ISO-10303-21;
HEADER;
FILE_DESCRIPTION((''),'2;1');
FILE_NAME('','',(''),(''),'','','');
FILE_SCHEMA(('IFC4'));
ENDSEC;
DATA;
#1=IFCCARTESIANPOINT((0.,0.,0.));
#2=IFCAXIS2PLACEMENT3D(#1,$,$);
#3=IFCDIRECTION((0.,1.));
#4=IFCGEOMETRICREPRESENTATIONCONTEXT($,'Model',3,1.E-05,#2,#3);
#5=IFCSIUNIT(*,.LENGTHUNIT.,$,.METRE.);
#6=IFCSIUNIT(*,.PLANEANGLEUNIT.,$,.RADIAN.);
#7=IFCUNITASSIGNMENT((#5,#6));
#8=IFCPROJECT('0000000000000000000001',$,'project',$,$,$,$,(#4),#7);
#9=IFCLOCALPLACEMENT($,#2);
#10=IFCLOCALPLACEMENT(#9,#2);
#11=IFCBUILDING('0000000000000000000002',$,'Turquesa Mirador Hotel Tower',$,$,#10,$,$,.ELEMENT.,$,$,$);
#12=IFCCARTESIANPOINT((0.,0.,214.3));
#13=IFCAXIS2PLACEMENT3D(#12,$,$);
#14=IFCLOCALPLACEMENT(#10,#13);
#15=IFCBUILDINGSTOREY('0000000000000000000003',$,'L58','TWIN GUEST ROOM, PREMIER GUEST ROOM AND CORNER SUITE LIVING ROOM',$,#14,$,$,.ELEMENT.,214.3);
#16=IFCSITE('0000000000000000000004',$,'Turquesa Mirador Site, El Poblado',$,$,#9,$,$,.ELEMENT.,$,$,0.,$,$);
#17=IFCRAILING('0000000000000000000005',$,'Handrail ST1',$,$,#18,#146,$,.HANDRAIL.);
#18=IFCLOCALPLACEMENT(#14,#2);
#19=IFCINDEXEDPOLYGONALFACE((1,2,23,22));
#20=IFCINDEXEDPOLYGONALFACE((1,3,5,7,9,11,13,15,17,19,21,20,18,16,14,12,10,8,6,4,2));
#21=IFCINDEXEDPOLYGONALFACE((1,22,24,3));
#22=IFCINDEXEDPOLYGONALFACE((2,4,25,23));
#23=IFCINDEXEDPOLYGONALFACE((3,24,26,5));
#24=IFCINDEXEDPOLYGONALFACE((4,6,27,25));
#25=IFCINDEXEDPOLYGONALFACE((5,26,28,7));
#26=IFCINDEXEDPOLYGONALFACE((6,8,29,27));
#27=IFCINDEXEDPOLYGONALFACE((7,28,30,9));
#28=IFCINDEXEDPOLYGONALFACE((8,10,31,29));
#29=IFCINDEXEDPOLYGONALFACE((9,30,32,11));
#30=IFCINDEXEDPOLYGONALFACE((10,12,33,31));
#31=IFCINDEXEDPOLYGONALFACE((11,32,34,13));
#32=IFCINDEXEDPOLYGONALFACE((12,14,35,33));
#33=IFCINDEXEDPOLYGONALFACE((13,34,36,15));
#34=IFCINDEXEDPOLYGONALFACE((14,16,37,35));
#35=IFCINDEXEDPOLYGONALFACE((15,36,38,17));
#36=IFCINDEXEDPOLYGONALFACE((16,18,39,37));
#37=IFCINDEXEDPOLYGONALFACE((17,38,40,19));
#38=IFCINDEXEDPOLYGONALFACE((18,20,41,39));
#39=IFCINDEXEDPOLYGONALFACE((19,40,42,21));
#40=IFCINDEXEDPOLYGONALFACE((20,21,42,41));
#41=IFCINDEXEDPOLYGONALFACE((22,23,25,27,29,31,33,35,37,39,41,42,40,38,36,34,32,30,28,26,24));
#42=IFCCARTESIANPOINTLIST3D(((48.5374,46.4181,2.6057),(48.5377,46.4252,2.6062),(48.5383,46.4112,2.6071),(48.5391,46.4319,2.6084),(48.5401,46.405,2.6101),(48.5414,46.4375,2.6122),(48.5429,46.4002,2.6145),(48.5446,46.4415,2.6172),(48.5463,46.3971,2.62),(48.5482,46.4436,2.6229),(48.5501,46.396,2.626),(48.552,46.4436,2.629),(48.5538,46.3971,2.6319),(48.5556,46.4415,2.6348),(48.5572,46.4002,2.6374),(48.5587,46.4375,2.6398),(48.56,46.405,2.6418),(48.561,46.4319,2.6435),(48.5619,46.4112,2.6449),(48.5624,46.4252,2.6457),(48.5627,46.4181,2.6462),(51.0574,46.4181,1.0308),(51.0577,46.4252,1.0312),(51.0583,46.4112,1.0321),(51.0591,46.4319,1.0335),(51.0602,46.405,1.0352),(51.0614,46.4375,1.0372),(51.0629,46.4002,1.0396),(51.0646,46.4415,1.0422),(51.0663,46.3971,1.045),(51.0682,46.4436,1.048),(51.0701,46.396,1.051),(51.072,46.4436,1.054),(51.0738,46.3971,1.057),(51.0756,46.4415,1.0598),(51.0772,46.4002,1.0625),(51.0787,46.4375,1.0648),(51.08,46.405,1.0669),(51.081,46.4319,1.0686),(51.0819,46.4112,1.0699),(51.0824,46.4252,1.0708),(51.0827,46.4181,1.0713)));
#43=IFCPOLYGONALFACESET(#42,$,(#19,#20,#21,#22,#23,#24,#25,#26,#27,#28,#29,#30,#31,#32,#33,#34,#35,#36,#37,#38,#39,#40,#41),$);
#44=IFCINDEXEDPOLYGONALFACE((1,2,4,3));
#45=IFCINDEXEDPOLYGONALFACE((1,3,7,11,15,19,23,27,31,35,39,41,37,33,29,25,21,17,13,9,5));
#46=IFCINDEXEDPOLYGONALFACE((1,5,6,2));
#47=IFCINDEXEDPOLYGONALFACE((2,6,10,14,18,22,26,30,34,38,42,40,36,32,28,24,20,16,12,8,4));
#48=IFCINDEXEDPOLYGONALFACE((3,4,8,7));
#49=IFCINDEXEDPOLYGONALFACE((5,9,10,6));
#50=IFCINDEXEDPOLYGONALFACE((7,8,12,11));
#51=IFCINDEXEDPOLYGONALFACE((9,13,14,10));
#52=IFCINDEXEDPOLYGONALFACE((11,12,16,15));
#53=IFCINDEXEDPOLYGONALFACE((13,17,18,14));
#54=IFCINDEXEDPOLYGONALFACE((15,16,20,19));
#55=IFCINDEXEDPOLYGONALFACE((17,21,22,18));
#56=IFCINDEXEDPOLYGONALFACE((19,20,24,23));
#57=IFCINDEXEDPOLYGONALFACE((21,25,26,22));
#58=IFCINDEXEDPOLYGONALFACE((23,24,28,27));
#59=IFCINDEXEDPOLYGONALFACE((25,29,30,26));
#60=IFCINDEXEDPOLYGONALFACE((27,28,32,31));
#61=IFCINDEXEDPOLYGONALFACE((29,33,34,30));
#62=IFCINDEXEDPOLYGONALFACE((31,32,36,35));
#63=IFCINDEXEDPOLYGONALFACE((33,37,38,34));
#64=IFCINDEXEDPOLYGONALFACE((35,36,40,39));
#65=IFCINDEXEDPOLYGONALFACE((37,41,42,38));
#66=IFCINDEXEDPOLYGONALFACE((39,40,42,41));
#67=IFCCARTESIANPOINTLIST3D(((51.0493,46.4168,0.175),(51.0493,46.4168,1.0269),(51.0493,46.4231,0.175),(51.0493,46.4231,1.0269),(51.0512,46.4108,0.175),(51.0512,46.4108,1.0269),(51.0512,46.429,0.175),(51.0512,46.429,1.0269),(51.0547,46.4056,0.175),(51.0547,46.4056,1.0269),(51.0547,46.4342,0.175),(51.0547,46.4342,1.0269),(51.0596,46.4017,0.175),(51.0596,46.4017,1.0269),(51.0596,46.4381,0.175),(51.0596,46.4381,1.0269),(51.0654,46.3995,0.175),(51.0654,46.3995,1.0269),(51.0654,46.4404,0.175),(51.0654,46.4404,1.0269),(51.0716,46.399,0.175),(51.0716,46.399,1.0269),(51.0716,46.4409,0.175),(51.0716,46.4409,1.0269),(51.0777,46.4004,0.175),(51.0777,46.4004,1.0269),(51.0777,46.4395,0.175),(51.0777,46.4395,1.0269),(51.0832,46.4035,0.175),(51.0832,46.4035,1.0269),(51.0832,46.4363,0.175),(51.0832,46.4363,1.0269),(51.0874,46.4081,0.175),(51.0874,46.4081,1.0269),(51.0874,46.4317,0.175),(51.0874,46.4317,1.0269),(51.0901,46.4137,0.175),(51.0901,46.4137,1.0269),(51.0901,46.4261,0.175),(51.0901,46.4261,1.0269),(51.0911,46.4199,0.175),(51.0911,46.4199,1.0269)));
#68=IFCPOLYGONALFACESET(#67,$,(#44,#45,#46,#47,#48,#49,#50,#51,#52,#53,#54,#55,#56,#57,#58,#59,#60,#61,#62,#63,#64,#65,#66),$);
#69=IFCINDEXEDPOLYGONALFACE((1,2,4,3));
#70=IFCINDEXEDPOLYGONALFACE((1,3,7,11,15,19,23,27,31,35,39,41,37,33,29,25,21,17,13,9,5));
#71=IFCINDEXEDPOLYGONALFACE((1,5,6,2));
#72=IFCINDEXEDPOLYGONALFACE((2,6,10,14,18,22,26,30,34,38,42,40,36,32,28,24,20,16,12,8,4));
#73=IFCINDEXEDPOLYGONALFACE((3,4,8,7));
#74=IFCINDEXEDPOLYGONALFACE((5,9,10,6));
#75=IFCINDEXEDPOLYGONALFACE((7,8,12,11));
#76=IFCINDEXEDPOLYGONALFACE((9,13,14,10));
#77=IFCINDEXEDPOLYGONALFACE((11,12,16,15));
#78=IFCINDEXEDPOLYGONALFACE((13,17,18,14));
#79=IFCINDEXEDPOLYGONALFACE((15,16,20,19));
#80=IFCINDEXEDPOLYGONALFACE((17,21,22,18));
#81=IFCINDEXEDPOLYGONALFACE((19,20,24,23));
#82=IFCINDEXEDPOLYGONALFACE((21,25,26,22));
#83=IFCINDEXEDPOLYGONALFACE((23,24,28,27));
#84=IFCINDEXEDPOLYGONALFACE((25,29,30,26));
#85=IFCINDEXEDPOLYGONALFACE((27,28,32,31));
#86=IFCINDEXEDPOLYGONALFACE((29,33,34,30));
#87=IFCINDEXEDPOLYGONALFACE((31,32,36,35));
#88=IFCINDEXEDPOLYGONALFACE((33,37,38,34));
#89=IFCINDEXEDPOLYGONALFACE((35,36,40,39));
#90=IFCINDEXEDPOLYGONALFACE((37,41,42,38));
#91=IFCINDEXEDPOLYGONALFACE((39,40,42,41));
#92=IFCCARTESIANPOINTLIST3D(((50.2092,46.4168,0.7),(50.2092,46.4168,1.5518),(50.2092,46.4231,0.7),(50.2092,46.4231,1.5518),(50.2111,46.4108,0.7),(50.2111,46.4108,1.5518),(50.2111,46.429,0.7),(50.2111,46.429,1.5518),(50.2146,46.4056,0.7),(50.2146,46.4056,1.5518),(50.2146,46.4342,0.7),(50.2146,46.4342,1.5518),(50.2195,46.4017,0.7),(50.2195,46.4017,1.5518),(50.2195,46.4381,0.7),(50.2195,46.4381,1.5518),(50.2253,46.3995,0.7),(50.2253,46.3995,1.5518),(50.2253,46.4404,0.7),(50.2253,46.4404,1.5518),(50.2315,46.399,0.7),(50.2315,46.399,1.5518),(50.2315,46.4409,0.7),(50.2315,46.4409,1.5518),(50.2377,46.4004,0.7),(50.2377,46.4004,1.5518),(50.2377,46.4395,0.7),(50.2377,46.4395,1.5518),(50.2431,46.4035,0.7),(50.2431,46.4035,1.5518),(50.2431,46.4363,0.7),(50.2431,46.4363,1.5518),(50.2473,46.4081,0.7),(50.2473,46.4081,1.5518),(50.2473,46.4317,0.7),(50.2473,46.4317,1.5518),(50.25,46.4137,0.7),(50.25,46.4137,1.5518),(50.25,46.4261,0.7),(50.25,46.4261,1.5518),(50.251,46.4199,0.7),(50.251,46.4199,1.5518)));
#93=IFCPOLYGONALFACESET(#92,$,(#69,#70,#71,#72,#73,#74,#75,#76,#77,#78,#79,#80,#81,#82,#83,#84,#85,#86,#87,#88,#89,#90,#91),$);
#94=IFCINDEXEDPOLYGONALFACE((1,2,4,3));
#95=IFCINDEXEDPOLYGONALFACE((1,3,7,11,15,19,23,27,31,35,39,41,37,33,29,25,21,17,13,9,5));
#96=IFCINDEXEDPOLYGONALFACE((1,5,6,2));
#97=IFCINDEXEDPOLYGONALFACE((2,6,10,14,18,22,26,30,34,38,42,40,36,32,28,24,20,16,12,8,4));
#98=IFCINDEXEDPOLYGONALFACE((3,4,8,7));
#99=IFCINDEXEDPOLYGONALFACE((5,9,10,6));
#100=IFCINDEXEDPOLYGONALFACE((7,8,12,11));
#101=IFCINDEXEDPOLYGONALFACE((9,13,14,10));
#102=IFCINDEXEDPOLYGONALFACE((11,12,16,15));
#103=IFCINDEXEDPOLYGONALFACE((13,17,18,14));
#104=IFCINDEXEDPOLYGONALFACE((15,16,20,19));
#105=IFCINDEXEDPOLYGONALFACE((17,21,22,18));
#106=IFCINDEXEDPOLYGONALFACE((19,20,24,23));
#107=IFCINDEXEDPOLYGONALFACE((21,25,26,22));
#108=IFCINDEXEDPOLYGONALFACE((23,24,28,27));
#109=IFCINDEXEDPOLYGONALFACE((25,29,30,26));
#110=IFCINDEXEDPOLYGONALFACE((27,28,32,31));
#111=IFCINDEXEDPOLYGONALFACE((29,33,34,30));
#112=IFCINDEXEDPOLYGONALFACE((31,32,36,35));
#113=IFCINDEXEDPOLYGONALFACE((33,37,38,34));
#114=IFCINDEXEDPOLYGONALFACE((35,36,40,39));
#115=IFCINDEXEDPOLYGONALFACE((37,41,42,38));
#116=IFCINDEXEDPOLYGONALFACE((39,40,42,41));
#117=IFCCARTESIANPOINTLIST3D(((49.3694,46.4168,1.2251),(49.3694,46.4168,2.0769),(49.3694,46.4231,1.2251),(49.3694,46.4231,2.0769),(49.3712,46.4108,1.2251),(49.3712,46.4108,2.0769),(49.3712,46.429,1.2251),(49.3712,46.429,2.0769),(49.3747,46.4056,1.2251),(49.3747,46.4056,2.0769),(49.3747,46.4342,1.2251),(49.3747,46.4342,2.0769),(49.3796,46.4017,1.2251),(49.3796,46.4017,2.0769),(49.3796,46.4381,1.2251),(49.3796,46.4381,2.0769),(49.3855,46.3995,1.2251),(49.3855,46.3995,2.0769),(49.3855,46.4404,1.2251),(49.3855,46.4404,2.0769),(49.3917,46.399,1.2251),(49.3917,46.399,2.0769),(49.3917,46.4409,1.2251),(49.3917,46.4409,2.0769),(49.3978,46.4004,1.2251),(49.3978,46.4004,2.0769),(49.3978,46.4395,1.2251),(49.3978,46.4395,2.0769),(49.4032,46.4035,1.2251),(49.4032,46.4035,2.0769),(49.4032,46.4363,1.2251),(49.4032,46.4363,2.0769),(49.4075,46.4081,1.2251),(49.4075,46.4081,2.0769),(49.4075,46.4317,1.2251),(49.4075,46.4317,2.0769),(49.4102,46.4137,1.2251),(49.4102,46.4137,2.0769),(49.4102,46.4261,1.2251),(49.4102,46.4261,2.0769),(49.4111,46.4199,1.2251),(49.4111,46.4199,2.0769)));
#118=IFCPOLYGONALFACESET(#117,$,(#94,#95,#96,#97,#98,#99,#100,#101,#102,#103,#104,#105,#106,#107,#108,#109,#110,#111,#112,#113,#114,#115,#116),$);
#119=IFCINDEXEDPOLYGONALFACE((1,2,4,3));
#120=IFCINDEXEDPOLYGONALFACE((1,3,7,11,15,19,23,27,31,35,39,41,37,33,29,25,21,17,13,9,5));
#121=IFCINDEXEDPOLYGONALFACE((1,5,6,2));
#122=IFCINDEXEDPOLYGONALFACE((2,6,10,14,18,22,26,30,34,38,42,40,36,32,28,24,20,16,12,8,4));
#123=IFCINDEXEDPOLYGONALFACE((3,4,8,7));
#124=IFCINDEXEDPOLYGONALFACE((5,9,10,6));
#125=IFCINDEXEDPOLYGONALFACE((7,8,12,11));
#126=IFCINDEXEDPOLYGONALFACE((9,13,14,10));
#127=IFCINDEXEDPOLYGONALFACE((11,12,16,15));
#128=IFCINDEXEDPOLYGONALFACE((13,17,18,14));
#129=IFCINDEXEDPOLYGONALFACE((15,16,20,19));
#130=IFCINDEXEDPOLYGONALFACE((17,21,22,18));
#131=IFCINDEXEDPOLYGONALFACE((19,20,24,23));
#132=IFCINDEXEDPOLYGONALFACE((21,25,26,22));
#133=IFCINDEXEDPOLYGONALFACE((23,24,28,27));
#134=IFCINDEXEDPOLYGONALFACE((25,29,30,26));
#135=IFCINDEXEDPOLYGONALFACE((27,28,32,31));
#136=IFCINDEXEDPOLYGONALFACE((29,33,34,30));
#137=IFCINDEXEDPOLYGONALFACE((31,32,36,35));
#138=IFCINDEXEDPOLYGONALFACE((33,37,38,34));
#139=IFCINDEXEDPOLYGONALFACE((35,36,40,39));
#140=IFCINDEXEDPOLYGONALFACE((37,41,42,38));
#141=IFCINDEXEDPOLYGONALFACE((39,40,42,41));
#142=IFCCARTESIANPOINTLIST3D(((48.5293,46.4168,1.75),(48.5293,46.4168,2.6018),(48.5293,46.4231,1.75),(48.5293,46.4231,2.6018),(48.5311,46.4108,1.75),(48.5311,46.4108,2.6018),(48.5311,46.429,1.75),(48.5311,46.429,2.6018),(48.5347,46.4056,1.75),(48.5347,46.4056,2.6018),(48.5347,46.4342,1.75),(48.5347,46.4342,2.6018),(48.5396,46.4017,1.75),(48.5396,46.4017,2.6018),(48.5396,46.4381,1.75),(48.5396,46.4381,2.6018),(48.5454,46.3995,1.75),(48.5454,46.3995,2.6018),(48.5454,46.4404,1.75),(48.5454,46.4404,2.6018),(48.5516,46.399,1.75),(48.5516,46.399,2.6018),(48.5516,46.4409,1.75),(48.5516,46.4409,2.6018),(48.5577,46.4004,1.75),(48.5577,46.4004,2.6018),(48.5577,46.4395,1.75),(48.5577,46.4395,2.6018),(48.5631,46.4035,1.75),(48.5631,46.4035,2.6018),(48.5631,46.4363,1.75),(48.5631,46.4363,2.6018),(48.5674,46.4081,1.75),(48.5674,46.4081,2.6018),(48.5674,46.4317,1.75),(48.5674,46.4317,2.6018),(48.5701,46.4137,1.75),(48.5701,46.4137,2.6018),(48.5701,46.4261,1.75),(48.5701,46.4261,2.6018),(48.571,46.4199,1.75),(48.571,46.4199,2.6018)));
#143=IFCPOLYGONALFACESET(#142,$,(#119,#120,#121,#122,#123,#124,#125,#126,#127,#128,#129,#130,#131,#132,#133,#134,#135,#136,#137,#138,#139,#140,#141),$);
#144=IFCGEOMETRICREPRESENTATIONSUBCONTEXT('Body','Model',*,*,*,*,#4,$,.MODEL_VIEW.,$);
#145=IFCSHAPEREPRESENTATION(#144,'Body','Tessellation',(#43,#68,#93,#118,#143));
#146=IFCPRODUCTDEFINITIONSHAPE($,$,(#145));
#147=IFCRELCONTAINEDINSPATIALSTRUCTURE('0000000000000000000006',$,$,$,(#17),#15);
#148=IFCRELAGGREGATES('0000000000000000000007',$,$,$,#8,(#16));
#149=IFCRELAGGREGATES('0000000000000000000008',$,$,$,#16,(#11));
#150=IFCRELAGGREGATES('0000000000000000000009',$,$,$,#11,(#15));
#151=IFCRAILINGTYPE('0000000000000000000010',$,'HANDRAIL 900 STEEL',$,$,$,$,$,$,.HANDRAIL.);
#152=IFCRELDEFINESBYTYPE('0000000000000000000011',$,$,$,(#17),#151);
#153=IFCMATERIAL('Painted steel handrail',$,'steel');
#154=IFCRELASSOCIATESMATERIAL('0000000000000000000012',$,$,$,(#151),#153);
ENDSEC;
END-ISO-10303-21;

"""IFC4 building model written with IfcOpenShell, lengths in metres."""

from ifc_helpers import new_model, si_unit, direction, frame, origin, origin_2d, place, context, subcontext, project, spatial, circle, extrude, material, type_object, element, save


model = new_model("IFC4")

# Units and contexts
model_context = context("Model", 3, precision=1e-05, world=origin(), true_north=direction((0.0, 1.0)))
body_context = subcontext(model_context, "Body", "Model", "MODEL_VIEW")
ifc_project = project(units=[si_unit("LENGTHUNIT", "METRE"), si_unit("PLANEANGLEUNIT", "RADIAN")], contexts=[model_context])

# Site, building, storey
site_placement = place(None, origin())
site = spatial("IfcSite", under=ifc_project, at=site_placement, Name="Turquesa Mirador Site, El Poblado", CompositionType="ELEMENT", RefElevation=0.0)
building_placement = place(site_placement, origin())
building = spatial("IfcBuilding", under=site, at=building_placement, Name="Turquesa Mirador Hotel Tower", CompositionType="ELEMENT")
storey_placement = place(building_placement, frame((0.0, 0.0, 214.3)))
storey = spatial("IfcBuildingStorey", under=building, at=storey_placement, Name="L58", Description="TWIN GUEST ROOM, PREMIER GUEST ROOM AND CORNER SUITE LIVING ROOM", CompositionType="ELEMENT", Elevation=214.3)

# Railing
ifc_material_1 = material(Name="Painted steel handrail", Category="steel")
railing_type = type_object("IfcRailingType", Name="HANDRAIL 900 STEEL", PredefinedType="HANDRAIL", material=ifc_material_1)
railing_1_placement = place(storey_placement, frame((51.0701, 46.4199, 0.175)))
element("IfcRailing", 1, at=railing_1_placement, inside=storey, type_object=railing_type, Name="Handrail ST1", PredefinedType="HANDRAIL", context=body_context, shape_type="SweptSolid", body=[
    extrude(circle(Radius=0.0239, at=origin_2d()), frame((0.0, 0.0, 0.876), z_axis=(-0.848008, 0.0, 0.529984), x_axis=(0.0, -1.0, 0.0)), (0.0, 0.0, 1.0), 2.9717),
    extrude(circle(Radius=0.021, at=origin_2d()), origin(), (0.0, 0.0, 1.0), 0.8518),
    extrude(circle(Radius=0.021, at=origin_2d()), frame((-0.8401, 0.0, 0.5249)), (0.0, 0.0, 1.0), 0.8518),
    extrude(circle(Radius=0.021, at=origin_2d()), frame((-1.6799, 0.0, 1.05)), (0.0, 0.0, 1.0), 0.8518),
    extrude(circle(Radius=0.021, at=origin_2d()), frame((-2.52, 0.0, 1.575)), (0.0, 0.0, 1.0), 0.8518),
])

save(model, "model.ifc")
